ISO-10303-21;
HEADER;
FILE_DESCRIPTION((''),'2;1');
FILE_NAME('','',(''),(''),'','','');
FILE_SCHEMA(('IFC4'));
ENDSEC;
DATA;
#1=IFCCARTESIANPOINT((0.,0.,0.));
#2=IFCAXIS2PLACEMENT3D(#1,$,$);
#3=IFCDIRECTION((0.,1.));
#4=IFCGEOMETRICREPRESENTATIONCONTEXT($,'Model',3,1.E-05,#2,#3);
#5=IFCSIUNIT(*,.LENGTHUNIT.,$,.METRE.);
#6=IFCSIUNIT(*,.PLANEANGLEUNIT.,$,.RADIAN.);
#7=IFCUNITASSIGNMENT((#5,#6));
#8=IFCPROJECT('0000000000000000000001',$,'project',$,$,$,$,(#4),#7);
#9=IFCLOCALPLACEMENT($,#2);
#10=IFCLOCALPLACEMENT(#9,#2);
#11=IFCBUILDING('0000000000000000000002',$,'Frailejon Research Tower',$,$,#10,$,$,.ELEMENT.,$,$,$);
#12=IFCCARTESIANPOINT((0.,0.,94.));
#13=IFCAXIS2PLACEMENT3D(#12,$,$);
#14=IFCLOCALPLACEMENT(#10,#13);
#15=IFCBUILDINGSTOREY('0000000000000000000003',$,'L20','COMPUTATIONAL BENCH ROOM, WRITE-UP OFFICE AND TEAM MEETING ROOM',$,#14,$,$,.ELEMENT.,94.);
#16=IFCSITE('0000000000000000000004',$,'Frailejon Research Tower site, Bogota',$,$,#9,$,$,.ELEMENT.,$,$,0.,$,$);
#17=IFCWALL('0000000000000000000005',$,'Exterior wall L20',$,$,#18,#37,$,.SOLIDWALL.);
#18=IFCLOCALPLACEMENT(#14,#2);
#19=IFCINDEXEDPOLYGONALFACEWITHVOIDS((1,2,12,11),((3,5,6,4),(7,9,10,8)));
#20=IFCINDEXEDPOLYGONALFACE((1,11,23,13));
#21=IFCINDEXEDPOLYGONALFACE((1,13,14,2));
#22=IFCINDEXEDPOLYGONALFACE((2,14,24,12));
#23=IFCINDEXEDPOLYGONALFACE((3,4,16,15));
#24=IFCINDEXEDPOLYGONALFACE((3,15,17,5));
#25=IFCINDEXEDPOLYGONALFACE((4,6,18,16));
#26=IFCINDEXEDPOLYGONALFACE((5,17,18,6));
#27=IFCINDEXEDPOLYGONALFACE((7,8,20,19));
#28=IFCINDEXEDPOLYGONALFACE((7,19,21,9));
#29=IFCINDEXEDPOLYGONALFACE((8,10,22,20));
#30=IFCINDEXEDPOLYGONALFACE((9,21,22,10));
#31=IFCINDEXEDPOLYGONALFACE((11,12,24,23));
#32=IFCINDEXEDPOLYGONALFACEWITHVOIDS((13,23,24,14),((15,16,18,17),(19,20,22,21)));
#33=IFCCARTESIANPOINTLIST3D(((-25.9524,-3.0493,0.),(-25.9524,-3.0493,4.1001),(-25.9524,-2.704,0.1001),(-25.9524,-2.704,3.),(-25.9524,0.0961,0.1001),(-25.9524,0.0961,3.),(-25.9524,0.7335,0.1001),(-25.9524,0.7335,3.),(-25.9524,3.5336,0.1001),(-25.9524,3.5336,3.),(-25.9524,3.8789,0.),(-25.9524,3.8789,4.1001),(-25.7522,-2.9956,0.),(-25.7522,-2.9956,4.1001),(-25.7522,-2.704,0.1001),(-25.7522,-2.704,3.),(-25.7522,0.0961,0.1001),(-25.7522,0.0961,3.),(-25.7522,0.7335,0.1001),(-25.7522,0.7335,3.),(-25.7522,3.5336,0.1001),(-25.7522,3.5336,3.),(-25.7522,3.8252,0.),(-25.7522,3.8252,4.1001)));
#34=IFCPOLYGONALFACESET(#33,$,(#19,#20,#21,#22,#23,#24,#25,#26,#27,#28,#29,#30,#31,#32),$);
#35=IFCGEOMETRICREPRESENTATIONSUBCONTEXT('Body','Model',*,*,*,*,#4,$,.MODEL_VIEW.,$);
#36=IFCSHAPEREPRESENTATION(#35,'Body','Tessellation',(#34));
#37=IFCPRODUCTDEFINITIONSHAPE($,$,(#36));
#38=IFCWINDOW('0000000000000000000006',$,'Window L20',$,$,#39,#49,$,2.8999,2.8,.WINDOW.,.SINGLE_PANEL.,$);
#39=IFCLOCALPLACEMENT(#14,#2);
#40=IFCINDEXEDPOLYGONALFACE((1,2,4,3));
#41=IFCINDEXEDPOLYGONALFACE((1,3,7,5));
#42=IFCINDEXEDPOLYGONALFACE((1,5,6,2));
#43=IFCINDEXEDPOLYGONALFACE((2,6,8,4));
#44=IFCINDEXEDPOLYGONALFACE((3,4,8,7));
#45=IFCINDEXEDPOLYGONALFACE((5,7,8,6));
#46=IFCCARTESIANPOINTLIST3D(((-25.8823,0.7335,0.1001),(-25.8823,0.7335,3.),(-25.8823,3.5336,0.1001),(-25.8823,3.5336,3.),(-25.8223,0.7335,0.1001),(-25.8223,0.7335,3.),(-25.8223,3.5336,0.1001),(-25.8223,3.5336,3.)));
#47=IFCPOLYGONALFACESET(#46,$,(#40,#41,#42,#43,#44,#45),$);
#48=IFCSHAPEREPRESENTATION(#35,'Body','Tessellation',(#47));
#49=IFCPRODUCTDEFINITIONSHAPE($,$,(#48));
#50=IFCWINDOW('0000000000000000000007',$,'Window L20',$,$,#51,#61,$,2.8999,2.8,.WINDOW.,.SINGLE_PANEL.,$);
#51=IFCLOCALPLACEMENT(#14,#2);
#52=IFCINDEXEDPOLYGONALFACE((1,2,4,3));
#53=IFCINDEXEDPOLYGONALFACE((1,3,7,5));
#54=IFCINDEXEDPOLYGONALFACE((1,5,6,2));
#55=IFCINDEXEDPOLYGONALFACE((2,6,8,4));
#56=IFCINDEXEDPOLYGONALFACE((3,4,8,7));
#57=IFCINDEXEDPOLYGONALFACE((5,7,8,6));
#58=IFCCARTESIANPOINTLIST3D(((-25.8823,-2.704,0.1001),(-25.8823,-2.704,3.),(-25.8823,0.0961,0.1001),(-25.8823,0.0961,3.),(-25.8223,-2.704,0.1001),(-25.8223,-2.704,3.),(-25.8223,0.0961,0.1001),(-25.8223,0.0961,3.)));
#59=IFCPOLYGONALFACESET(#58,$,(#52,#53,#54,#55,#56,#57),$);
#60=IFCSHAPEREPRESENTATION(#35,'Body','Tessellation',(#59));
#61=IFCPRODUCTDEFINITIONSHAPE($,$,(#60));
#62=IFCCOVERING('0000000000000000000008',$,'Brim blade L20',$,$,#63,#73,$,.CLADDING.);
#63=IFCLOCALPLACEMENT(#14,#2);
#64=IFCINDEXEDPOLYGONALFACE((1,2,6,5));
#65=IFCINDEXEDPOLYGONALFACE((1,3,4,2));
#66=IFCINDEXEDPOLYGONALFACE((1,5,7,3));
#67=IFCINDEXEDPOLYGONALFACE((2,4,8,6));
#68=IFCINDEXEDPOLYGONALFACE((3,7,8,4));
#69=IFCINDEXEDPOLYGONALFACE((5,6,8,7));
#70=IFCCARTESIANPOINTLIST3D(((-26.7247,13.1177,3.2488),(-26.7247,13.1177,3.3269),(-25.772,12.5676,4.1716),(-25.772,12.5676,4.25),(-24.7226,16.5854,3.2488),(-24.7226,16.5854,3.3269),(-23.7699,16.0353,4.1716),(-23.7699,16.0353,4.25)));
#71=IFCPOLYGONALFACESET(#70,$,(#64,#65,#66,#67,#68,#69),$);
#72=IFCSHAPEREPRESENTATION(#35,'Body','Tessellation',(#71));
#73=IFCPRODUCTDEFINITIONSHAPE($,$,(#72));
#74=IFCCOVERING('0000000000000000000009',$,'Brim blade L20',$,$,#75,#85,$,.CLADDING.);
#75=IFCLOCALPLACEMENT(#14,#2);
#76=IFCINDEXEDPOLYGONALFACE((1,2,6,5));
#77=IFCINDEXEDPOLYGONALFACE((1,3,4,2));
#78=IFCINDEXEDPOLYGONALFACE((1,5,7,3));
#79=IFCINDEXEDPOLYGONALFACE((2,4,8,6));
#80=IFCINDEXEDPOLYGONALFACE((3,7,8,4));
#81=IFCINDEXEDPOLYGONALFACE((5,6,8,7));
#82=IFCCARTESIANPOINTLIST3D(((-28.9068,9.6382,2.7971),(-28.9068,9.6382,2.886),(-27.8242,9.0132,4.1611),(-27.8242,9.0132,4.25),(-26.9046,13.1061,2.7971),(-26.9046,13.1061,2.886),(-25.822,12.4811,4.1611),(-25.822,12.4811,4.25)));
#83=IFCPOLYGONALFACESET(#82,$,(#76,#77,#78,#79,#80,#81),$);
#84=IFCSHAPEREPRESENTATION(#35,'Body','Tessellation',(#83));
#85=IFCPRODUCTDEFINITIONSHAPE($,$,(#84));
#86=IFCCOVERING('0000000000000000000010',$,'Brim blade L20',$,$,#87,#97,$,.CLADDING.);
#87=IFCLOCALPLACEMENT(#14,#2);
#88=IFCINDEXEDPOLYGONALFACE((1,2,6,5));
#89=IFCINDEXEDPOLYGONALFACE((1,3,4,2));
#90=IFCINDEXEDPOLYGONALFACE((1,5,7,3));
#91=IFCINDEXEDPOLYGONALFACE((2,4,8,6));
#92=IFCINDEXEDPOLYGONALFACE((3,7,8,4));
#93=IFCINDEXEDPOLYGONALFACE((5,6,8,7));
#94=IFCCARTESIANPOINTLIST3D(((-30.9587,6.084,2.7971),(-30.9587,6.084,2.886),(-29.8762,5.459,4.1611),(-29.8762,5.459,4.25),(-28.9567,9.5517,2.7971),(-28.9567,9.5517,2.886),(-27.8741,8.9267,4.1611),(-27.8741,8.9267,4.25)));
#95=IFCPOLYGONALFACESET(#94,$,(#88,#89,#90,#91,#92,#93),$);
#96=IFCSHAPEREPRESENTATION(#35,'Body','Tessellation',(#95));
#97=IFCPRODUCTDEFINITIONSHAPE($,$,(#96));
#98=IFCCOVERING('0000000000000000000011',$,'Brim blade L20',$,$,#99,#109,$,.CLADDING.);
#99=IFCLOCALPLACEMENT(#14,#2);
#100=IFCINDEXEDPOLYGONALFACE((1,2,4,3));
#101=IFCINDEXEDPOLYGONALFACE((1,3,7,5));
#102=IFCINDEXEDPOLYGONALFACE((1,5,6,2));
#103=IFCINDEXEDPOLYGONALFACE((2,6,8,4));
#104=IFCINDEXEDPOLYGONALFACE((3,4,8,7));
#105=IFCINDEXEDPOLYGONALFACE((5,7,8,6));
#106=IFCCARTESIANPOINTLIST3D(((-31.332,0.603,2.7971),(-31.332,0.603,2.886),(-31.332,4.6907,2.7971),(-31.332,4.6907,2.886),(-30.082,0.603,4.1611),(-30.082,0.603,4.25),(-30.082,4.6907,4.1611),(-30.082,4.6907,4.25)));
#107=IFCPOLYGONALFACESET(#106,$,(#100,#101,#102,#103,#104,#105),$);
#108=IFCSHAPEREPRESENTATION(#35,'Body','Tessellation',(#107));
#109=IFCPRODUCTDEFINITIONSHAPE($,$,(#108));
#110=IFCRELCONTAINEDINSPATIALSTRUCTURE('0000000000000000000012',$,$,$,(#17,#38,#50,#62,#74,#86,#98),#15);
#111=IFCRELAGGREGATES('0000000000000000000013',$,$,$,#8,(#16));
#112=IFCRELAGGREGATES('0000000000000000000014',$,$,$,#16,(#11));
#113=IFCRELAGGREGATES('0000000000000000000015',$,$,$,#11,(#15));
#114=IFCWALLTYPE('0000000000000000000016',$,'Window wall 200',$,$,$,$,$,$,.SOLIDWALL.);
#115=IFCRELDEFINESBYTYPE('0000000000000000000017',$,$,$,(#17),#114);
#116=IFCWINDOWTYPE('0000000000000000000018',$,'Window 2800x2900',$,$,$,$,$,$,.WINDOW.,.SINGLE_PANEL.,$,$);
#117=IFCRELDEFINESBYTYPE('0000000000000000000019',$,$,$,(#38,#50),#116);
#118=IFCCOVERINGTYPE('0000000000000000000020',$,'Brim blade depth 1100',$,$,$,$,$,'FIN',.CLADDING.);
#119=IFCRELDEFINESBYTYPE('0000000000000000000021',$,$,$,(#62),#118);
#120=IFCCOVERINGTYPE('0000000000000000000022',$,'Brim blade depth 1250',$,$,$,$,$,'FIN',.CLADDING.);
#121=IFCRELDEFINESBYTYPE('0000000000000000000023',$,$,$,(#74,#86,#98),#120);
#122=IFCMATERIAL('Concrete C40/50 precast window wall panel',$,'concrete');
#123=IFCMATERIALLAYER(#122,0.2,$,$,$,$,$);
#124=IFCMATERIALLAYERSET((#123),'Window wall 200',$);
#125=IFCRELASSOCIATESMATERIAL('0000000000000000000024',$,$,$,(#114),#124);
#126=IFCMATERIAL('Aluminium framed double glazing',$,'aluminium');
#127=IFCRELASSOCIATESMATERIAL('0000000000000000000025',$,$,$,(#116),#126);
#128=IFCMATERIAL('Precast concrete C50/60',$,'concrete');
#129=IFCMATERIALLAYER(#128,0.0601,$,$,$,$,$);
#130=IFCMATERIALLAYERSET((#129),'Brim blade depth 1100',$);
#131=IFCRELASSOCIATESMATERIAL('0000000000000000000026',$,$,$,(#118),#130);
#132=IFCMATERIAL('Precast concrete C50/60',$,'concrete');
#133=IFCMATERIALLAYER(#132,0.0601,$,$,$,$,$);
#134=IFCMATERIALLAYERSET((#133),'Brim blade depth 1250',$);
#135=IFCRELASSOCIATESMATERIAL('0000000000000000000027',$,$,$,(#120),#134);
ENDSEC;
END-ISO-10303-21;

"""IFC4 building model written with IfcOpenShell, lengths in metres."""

from ifc_helpers import new_model, si_unit, direction, frame, frame_2d, origin, place, context, subcontext, project, spatial, polyline, rectangle, outline, extrude, material, layer, layer_set, type_object, element, fill, save


model = new_model("IFC4")

# Units and contexts
model_context = context("Model", 3, precision=1e-05, world=origin(), true_north=direction((0.0, 1.0)))
body_context = subcontext(model_context, "Body", "Model", "MODEL_VIEW")
ifc_project = project(units=[si_unit("LENGTHUNIT", "METRE"), si_unit("PLANEANGLEUNIT", "RADIAN")], contexts=[model_context])

# Site, building, storey
site_placement = place(None, origin())
site = spatial("IfcSite", under=ifc_project, at=site_placement, Name="Frailejon Research Tower site, Bogota", CompositionType="ELEMENT", RefElevation=0.0)
building_placement = place(site_placement, origin())
building = spatial("IfcBuilding", under=site, at=building_placement, Name="Frailejon Research Tower", CompositionType="ELEMENT")
storey_placement = place(building_placement, frame((0.0, 0.0, 94.0)))
storey = spatial("IfcBuildingStorey", under=building, at=storey_placement, Name="L20", Description="COMPUTATIONAL BENCH ROOM, WRITE-UP OFFICE AND TEAM MEETING ROOM", CompositionType="ELEMENT", Elevation=94.0)

# Wall, openings, windows
ifc_material_1 = material(Name="Concrete C40/50 precast window wall panel", Category="concrete")
ifc_layer_1 = layer(ifc_material_1, 0.2)
ifc_layer_set_1 = layer_set([ifc_layer_1], Name="Window wall 200")
wall_type_1 = type_object("IfcWallType", Name="Window wall 200", PredefinedType="SOLIDWALL", material=ifc_layer_set_1)
wall_1_placement = place(storey_placement, frame((-25.8523, 3.8521, 0.0), z_axis=(0.0, 0.0, 1.0), x_axis=(0.0, -1.0, 0.0)))
wall_1 = element("IfcWall", 1, at=wall_1_placement, inside=storey, type_object=wall_type_1, Name="Exterior wall L20", PredefinedType="SOLIDWALL", context=body_context, shape_type="SweptSolid", body=[
    extrude(outline(polyline([(-0.0269, -0.1001), (1.1279, -0.1001), (2.2825, -0.1001), (3.4373, -0.1001), (4.592, -0.1001), (5.7466, -0.1001), (6.9014, -0.1001), (6.8477, 0.1001), (5.7109, 0.1001), (4.574, 0.1001), (3.4373, 0.1001), (2.3005, 0.1001), (1.1636, 0.1001), (0.0269, 0.1001), (-0.0269, -0.1001)])), origin(), (0.0, 0.0, 1.0), 4.1001),
])
opening_1_placement = place(wall_1_placement, frame((0.3186, 0.0, 0.1001)))
opening_1 = element("IfcOpeningElement", 2, at=opening_1_placement, cuts=wall_1, PredefinedType="OPENING", context=body_context, shape_type="SweptSolid", body=[
    extrude(rectangle(XDim=2.8, YDim=2.8999, at=frame_2d((1.3999, 1.45))), frame((0.0, 0.1099, 0.0), z_axis=(0.0, -1.0, 0.0), x_axis=(1.0, 0.0, 0.0)), (0.0, 0.0, 1.0), 0.22),
])
opening_2_placement = place(wall_1_placement, frame((3.7561, 0.0, 0.1001)))
opening_2 = element("IfcOpeningElement", 3, at=opening_2_placement, cuts=wall_1, PredefinedType="OPENING", context=body_context, shape_type="SweptSolid", body=[
    extrude(rectangle(XDim=2.8, YDim=2.8999, at=frame_2d((1.3999, 1.45))), frame((0.0, 0.1099, 0.0), z_axis=(0.0, -1.0, 0.0), x_axis=(1.0, 0.0, 0.0)), (0.0, 0.0, 1.0), 0.22),
])
ifc_material_2 = material(Name="Aluminium framed double glazing", Category="aluminium")
window_type = type_object("IfcWindowType", Name="Window 2800x2900", PartitioningType="SINGLE_PANEL", PredefinedType="WINDOW", material=ifc_material_2)
window_1_placement = place(opening_1_placement, origin())
window_1 = element("IfcWindow", 4, at=window_1_placement, inside=storey, type_object=window_type, Name="Window L20", OverallHeight=2.8999, OverallWidth=2.8, PartitioningType="SINGLE_PANEL", PredefinedType="WINDOW", context=body_context, shape_type="SweptSolid", body=[
    extrude(rectangle(XDim=2.8, YDim=2.8999, at=frame_2d((1.3999, 1.45))), frame((0.0, 0.03, 0.0), z_axis=(0.0, -1.0, 0.0), x_axis=(1.0, 0.0, 0.0)), (0.0, 0.0, 1.0), 0.0601),
])
fill(opening_1, window_1)
window_2_placement = place(opening_2_placement, origin())
window_2 = element("IfcWindow", 5, at=window_2_placement, inside=storey, type_object=window_type, Name="Window L20", OverallHeight=2.8999, OverallWidth=2.8, PartitioningType="SINGLE_PANEL", PredefinedType="WINDOW", context=body_context, shape_type="SweptSolid", body=[
    extrude(rectangle(XDim=2.8, YDim=2.8999, at=frame_2d((1.3999, 1.45))), frame((0.0, 0.03, 0.0), z_axis=(0.0, -1.0, 0.0), x_axis=(1.0, 0.0, 0.0)), (0.0, 0.0, 1.0), 0.0601),
])
fill(opening_2, window_2)

# Coverings
ifc_material_3 = material(Name="Precast concrete C50/60", Category="concrete")
ifc_layer_2 = layer(ifc_material_3, 0.0601)
ifc_layer_set_2 = layer_set([ifc_layer_2], Name="Brim blade depth 1100")
covering_type_1 = type_object("IfcCoveringType", Name="Brim blade depth 1100", ElementType="FIN", PredefinedType="CLADDING", material=ifc_layer_set_2)
covering_1_placement = place(storey_placement, frame((-25.772, 12.5676, 4.25), z_axis=(0.500004, 0.866023, 0.0), x_axis=(-0.866023, 0.500004, 0.0)))
element("IfcCovering", 6, at=covering_1_placement, inside=storey, type_object=covering_type_1, Name="Brim blade L20", PredefinedType="CLADDING", context=body_context, shape_type="SweptSolid", body=[
    extrude(outline(polyline([(0.0, -0.0784), (1.1001, -1.0012), (1.1001, -0.9231), (0.0, 0.0), (0.0, -0.0784)])), origin(), (0.0, 0.0, 1.0), 4.0042),
])
ifc_material_4 = material(Name="Precast concrete C50/60", Category="concrete")
ifc_layer_3 = layer(ifc_material_4, 0.0601)
ifc_layer_set_3 = layer_set([ifc_layer_3], Name="Brim blade depth 1250")
covering_type_2 = type_object("IfcCoveringType", Name="Brim blade depth 1250", ElementType="FIN", PredefinedType="CLADDING", material=ifc_layer_set_3)
covering_2_placement = place(storey_placement, frame((-27.8242, 9.0132, 4.25), z_axis=(0.499994, 0.866029, 0.0), x_axis=(-0.866029, 0.499994, 0.0)))
element("IfcCovering", 7, at=covering_2_placement, inside=storey, type_object=covering_type_2, Name="Brim blade L20", PredefinedType="CLADDING", context=body_context, shape_type="SweptSolid", body=[
    extrude(outline(polyline([(0.0, -0.0889), (1.25, -1.4529), (1.25, -1.364), (0.0, 0.0), (0.0, -0.0889)])), origin(), (0.0, 0.0, 1.0), 4.0044),
])
covering_3_placement = place(storey_placement, frame((-29.8762, 5.459, 4.25), z_axis=(0.500004, 0.866023, 0.0), x_axis=(-0.866023, 0.500004, 0.0)))
element("IfcCovering", 8, at=covering_3_placement, inside=storey, type_object=covering_type_2, Name="Brim blade L20", PredefinedType="CLADDING", context=body_context, shape_type="SweptSolid", body=[
    extrude(outline(polyline([(0.0, -0.0889), (1.25, -1.4529), (1.25, -1.364), (0.0, 0.0), (0.0, -0.0889)])), origin(), (0.0, 0.0, 1.0), 4.0042),
])
covering_4_placement = place(storey_placement, frame((-30.082, 0.603, 4.25), z_axis=(0.0, 1.0, 0.0), x_axis=(-1.0, 0.0, 0.0)))
element("IfcCovering", 9, at=covering_4_placement, inside=storey, type_object=covering_type_2, Name="Brim blade L20", PredefinedType="CLADDING", context=body_context, shape_type="SweptSolid", body=[
    extrude(outline(polyline([(0.0, -0.0889), (1.25, -1.4529), (1.25, -1.364), (0.0, 0.0), (0.0, -0.0889)])), origin(), (0.0, 0.0, 1.0), 4.0876),
])

save(model, "model.ifc")
